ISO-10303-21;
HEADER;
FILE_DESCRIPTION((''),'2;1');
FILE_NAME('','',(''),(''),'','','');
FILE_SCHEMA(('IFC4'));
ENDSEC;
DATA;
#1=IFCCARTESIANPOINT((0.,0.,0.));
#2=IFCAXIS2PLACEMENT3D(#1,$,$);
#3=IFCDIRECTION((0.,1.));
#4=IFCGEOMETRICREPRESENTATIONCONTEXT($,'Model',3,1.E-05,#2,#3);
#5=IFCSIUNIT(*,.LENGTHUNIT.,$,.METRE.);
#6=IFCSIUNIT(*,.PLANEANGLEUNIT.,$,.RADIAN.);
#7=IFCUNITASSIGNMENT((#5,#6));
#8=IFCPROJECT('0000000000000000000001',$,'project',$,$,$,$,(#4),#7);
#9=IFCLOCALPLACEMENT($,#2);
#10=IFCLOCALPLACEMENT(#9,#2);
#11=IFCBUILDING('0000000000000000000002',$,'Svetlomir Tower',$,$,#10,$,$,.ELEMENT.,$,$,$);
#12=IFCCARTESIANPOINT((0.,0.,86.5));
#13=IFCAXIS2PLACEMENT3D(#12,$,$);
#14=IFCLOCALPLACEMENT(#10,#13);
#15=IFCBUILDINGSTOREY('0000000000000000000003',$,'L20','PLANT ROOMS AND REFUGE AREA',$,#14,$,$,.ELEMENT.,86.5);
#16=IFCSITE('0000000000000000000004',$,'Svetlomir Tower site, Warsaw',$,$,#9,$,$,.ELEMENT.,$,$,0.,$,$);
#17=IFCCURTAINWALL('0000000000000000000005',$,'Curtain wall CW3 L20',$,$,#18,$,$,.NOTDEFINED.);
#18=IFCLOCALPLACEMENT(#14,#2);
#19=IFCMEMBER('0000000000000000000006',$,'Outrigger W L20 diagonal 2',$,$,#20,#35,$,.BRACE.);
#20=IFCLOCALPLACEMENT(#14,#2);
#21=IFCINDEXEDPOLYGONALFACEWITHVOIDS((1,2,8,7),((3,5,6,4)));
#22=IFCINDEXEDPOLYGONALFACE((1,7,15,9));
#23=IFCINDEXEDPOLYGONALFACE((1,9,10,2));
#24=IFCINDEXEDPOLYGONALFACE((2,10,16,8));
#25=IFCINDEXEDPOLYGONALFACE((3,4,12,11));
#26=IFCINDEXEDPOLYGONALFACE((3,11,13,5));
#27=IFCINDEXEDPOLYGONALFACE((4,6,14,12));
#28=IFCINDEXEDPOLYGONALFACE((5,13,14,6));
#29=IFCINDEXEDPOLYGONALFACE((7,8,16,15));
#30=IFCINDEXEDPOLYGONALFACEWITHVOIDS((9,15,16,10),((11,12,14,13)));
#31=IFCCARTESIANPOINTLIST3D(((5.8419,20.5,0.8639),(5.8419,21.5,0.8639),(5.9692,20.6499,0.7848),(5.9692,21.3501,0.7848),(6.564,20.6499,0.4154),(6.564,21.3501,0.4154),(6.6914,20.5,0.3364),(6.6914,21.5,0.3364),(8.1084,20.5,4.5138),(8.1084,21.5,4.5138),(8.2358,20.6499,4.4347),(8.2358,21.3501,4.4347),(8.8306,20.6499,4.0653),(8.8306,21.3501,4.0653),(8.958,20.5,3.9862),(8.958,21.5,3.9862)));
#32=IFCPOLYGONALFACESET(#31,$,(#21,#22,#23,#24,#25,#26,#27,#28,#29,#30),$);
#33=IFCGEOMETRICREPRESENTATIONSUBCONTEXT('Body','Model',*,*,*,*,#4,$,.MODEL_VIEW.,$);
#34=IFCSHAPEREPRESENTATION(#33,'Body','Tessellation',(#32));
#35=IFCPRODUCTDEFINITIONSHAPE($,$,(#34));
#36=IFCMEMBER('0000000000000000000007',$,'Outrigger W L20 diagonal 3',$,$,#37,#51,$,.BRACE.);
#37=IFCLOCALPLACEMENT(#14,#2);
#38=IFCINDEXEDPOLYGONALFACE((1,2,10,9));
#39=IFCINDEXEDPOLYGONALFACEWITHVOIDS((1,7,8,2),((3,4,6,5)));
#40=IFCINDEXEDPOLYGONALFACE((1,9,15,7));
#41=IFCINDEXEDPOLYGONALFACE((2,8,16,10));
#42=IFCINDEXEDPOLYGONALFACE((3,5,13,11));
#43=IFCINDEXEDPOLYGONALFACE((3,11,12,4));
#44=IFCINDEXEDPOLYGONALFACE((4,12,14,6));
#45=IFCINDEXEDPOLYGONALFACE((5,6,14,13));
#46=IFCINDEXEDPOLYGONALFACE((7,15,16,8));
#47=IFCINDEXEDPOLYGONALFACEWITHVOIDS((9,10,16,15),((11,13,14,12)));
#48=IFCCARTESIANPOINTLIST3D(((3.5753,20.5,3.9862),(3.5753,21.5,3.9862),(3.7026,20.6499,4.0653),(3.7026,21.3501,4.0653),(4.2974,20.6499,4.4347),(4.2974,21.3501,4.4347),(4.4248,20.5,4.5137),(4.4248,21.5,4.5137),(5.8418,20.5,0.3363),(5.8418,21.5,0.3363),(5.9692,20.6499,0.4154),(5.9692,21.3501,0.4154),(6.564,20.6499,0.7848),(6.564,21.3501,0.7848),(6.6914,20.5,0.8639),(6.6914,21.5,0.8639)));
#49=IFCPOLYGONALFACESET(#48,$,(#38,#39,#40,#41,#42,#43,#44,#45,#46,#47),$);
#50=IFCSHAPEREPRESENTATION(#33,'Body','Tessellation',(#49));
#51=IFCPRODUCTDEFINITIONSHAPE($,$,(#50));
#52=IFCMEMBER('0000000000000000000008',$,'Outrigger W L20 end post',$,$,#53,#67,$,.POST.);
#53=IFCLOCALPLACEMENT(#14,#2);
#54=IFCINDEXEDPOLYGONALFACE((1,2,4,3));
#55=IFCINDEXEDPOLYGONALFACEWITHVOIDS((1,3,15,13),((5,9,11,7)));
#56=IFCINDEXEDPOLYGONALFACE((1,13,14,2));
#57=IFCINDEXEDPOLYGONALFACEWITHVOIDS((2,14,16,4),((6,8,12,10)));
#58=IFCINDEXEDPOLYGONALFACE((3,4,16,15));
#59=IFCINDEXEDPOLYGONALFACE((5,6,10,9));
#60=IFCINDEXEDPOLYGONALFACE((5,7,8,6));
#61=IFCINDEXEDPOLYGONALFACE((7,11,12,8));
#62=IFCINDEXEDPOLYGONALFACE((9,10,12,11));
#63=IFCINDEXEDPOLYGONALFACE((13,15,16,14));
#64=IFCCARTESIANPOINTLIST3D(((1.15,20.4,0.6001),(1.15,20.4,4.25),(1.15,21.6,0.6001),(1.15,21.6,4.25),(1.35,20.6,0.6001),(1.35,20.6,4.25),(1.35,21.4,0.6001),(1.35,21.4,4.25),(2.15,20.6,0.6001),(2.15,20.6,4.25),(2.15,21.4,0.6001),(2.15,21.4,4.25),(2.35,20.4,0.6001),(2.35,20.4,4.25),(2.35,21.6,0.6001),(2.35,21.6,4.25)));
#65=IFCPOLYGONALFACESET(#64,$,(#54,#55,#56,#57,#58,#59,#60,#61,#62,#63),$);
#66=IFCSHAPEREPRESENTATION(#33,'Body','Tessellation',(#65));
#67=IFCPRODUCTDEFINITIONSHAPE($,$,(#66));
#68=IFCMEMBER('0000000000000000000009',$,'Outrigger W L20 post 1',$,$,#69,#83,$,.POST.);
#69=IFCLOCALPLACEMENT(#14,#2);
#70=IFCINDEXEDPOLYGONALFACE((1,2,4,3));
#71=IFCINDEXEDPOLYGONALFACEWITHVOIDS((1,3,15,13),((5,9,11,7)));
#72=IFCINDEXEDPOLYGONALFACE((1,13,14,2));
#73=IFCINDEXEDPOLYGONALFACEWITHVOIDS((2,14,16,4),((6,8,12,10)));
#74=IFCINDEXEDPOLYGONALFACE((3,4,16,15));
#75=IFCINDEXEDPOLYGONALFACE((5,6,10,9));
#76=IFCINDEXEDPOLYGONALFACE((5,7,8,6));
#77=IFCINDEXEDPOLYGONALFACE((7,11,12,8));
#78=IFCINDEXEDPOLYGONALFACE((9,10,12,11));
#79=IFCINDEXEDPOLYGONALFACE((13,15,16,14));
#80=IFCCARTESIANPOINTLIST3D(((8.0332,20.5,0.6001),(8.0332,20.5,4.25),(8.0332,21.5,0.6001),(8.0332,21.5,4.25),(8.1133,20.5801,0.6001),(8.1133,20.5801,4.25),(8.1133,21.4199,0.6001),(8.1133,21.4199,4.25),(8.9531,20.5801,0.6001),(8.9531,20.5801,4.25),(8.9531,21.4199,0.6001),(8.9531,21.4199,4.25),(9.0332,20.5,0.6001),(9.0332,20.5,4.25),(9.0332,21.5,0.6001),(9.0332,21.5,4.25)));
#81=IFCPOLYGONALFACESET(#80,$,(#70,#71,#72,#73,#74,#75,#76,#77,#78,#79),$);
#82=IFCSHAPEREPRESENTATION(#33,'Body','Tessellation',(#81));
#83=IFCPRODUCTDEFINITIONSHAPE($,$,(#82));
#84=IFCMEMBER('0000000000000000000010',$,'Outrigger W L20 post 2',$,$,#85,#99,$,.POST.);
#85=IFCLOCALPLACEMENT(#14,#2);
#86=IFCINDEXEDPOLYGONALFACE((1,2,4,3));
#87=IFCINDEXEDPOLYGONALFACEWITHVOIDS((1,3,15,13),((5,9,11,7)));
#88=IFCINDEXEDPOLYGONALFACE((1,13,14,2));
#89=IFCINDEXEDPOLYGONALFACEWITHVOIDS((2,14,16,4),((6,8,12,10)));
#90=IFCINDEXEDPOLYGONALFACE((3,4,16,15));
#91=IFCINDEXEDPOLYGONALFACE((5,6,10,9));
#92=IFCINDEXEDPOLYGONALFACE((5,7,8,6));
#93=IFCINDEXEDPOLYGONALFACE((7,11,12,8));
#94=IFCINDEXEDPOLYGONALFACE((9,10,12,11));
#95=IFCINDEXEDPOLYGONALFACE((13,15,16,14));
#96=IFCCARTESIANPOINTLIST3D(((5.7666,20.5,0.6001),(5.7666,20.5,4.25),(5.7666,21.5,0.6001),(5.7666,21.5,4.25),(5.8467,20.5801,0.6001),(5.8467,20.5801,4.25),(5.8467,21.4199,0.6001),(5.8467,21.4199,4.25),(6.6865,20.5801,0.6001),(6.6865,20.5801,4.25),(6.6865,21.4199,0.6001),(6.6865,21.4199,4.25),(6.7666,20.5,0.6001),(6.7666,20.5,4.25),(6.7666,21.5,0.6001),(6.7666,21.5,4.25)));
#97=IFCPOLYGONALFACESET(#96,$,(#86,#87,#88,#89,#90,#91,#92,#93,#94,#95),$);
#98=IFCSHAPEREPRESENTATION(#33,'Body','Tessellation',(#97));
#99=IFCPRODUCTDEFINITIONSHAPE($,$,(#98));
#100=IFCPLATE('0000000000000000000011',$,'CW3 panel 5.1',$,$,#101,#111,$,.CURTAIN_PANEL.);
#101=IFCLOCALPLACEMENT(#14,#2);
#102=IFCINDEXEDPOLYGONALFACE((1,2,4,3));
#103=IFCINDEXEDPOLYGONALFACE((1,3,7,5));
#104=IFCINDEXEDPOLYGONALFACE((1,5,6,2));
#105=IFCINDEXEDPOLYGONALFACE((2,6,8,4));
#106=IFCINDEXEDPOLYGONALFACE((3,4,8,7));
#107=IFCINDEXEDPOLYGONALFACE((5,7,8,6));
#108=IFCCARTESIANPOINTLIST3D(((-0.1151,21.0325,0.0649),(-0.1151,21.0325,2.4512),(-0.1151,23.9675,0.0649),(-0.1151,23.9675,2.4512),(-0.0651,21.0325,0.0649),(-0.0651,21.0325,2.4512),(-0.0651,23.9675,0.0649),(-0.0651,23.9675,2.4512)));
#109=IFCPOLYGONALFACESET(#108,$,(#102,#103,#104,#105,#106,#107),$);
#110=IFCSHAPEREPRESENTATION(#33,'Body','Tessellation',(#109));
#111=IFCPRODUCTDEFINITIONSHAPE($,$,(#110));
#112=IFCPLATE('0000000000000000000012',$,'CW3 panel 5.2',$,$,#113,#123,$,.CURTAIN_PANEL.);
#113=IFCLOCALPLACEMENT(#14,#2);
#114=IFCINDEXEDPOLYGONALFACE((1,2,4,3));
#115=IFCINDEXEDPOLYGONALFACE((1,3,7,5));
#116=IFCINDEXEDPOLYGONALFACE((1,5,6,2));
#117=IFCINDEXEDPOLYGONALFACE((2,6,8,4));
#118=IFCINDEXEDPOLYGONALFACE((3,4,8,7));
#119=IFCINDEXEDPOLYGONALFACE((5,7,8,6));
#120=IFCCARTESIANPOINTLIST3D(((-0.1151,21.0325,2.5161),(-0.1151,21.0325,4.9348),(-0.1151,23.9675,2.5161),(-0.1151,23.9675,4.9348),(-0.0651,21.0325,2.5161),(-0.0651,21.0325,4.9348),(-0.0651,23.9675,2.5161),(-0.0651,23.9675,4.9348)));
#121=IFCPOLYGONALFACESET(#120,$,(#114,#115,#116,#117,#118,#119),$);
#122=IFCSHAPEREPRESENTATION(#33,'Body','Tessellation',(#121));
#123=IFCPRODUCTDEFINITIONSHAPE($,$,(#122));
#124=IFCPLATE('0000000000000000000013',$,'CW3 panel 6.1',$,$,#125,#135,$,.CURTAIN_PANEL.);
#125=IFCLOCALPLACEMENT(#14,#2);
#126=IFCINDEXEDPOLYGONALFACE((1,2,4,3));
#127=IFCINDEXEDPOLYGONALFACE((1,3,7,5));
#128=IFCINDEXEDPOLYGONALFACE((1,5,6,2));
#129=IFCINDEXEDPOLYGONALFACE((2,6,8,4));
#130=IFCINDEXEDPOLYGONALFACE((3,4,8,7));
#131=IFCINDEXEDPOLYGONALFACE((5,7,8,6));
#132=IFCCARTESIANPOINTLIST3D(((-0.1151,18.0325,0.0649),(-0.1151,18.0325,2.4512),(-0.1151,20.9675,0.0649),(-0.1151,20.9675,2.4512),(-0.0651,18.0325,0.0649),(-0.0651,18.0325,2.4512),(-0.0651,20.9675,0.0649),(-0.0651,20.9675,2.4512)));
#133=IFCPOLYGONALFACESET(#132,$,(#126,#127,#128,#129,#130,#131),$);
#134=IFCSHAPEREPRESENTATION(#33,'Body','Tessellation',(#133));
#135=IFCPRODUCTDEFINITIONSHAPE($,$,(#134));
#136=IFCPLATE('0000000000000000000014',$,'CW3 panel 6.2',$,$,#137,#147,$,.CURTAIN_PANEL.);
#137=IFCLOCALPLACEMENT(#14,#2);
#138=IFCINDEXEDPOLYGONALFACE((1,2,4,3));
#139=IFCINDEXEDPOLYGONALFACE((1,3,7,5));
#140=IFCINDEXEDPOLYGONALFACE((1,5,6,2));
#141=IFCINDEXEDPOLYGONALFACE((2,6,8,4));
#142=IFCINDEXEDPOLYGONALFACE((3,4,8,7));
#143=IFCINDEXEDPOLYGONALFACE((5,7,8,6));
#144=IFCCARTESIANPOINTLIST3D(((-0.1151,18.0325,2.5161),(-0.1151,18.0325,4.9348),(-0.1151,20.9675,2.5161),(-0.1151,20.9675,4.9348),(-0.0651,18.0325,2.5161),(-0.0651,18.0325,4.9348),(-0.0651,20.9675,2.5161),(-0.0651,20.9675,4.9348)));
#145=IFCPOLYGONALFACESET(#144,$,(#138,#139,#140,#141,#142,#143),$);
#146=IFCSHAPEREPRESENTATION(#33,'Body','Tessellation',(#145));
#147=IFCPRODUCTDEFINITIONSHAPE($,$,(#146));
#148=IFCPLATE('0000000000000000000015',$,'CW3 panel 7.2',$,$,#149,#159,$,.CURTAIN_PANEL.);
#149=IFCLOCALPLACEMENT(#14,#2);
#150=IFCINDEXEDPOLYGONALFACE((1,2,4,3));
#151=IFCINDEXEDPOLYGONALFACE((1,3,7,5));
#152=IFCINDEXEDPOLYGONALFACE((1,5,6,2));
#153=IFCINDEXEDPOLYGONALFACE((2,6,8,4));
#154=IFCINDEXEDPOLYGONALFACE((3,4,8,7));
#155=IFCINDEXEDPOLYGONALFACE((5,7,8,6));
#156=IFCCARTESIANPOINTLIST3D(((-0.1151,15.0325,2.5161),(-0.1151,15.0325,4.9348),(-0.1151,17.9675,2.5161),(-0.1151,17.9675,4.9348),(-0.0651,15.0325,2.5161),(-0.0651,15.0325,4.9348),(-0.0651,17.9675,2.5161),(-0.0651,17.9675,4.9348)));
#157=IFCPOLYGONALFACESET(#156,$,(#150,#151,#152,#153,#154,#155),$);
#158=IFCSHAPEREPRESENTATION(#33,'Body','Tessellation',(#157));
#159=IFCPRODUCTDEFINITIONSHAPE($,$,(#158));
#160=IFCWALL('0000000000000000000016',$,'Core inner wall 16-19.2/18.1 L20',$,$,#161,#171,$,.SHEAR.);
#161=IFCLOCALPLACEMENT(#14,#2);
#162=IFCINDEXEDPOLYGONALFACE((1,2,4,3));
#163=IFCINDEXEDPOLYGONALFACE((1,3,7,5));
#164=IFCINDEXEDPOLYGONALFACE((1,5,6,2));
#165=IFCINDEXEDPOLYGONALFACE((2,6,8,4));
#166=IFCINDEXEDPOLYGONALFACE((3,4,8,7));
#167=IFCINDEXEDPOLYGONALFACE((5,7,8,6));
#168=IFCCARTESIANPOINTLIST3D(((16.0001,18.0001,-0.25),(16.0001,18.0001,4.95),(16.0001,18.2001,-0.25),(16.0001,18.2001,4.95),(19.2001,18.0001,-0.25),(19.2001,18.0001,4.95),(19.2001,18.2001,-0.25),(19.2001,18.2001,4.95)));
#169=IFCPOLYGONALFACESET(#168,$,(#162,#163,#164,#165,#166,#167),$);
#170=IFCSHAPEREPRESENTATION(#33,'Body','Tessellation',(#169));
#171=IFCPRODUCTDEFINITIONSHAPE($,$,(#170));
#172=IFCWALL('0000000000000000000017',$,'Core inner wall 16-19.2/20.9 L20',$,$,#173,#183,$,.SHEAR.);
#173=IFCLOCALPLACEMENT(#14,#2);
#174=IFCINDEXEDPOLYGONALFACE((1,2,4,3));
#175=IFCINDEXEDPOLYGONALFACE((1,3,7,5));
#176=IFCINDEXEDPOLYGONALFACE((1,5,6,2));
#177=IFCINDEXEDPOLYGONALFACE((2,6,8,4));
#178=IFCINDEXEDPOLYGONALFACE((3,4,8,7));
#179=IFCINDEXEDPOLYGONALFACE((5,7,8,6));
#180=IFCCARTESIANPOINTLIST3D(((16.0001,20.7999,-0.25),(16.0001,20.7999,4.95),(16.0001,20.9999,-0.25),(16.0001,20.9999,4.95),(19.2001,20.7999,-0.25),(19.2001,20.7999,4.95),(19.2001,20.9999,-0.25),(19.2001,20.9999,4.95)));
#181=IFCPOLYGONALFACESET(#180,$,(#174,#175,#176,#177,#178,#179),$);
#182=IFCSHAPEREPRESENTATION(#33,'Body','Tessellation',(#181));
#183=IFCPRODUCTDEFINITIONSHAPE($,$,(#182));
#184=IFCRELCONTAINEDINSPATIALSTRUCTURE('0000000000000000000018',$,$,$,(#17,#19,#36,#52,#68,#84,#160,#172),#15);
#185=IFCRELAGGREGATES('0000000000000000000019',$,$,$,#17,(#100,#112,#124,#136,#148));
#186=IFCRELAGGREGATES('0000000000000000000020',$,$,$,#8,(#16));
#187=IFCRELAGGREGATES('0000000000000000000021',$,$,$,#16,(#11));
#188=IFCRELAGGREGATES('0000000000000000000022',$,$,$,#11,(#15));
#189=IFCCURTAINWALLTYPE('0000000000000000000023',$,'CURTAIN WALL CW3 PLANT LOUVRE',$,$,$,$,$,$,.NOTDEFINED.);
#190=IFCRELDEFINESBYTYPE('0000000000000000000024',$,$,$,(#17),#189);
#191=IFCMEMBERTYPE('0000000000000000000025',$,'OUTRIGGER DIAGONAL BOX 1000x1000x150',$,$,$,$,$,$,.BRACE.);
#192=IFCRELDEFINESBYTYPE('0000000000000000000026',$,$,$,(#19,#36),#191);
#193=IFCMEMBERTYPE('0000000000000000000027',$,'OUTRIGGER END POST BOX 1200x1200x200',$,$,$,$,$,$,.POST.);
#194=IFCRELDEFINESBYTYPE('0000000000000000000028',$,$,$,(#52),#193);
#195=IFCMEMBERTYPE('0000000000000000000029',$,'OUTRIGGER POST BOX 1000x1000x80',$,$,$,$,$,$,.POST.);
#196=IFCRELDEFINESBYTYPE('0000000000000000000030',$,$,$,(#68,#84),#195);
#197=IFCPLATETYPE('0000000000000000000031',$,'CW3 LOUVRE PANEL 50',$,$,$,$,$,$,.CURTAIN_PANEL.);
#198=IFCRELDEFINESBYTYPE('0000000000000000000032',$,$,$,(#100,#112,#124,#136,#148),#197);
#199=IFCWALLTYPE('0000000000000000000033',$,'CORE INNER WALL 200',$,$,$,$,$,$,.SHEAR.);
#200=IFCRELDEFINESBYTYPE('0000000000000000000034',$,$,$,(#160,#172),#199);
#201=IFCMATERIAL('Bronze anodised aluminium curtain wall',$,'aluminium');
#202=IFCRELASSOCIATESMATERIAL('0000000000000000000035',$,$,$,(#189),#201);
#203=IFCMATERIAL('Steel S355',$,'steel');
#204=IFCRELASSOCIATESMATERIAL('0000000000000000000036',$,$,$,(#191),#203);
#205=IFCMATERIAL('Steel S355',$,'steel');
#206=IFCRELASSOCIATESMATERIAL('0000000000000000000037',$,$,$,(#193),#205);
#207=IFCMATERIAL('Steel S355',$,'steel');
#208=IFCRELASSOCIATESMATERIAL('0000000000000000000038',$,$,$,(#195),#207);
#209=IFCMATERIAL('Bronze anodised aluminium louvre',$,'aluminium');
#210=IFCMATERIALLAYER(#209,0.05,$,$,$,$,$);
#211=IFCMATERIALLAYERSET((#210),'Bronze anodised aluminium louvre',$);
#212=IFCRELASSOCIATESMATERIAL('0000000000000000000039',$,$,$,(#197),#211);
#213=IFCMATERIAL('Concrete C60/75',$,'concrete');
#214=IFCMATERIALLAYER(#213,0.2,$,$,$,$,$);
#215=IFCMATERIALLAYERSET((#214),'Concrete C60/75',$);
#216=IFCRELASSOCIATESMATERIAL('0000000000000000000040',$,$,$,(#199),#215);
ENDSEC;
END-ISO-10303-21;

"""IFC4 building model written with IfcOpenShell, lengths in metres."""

from ifc_helpers import new_model, si_unit, direction, frame, frame_2d, origin, origin_2d, place, context, subcontext, project, spatial, rectangle, hollow_rectangle, extrude, material, layer, layer_set, material_profile, profile_set, type_object, element, aggregate, save


model = new_model("IFC4")

# Units and contexts
model_context = context("Model", 3, precision=1e-05, world=origin(), true_north=direction((0.0, 1.0)))
body_context = subcontext(model_context, "Body", "Model", "MODEL_VIEW")
ifc_project = project(units=[si_unit("LENGTHUNIT", "METRE"), si_unit("PLANEANGLEUNIT", "RADIAN")], contexts=[model_context])

# Site, building, storey
site_placement = place(None, origin())
site = spatial("IfcSite", under=ifc_project, at=site_placement, Name="Svetlomir Tower site, Warsaw", CompositionType="ELEMENT", RefElevation=0.0)
building_placement = place(site_placement, origin())
building = spatial("IfcBuilding", under=site, at=building_placement, Name="Svetlomir Tower", CompositionType="ELEMENT")
storey_placement = place(building_placement, frame((0.0, 0.0, 86.5)))
storey = spatial("IfcBuildingStorey", under=building, at=storey_placement, Name="L20", Description="PLANT ROOMS AND REFUGE AREA", CompositionType="ELEMENT", Elevation=86.5)

# Curtain wall
ifc_material_1 = material(Name="Bronze anodised aluminium curtain wall", Category="aluminium")
curtain_wall_type = type_object("IfcCurtainWallType", Name="CURTAIN WALL CW3 PLANT LOUVRE", PredefinedType="NOTDEFINED", material=ifc_material_1)
curtain_wall_placement = place(storey_placement, origin())
curtain_wall = element("IfcCurtainWall", 1, at=curtain_wall_placement, inside=storey, type_object=curtain_wall_type, Name="Curtain wall CW3 L20", PredefinedType="NOTDEFINED")

# Members
ifc_material_2 = material(Name="Steel S355", Category="steel")
ifc_material_profile_1 = material_profile(ifc_material_2, hollow_rectangle(XDim=1.0, YDim=1.0, WallThickness=0.1499, at=origin_2d()), Name="BOX 1000x1000x150")
ifc_profile_set_1 = profile_set([ifc_material_profile_1], Name="Steel S355")
member_type_1 = type_object("IfcMemberType", Name="OUTRIGGER DIAGONAL BOX 1000x1000x150", PredefinedType="BRACE", material=ifc_profile_set_1)
for number, where, z_axis, x_axis, name in (
    (2, (8.5332, 21.0, 4.25), (-0.527555, 0.0, -0.849521), (0.0, -1.0, 0.0), "Outrigger W L20 diagonal 2"),
    (3, (6.2666, 21.0, 0.6001), (-0.527555, 0.0, 0.849521), (0.0, -1.0, 0.0), "Outrigger W L20 diagonal 3"),
):
    element("IfcMember", number, at=place(storey_placement, frame(where, z_axis=z_axis, x_axis=x_axis)), inside=storey, type_object=member_type_1, Name=name, PredefinedType="BRACE", context=body_context, shape_type="SweptSolid", body=[
        extrude(hollow_rectangle(XDim=1.0, YDim=1.0, WallThickness=0.1499, at=origin_2d()), origin(), (0.0, 0.0, 1.0), 4.2964),
    ])
ifc_material_3 = material(Name="Steel S355", Category="steel")
ifc_material_profile_2 = material_profile(ifc_material_3, hollow_rectangle(XDim=1.2, YDim=1.2, WallThickness=0.2, at=origin_2d()), Name="BOX 1200x1200x200")
ifc_profile_set_2 = profile_set([ifc_material_profile_2], Name="Steel S355")
member_type_2 = type_object("IfcMemberType", Name="OUTRIGGER END POST BOX 1200x1200x200", PredefinedType="POST", material=ifc_profile_set_2)
member_1_placement = place(storey_placement, frame((1.75, 21.0, 0.6001), z_axis=(0.0, 0.0, 1.0), x_axis=(1.0, 0.0, 0.0)))
element("IfcMember", 4, at=member_1_placement, inside=storey, type_object=member_type_2, Name="Outrigger W L20 end post", PredefinedType="POST", context=body_context, shape_type="SweptSolid", body=[
    extrude(hollow_rectangle(XDim=1.2, YDim=1.2, WallThickness=0.2, at=origin_2d()), origin(), (0.0, 0.0, 1.0), 3.6499),
])
ifc_material_4 = material(Name="Steel S355", Category="steel")
ifc_material_profile_3 = material_profile(ifc_material_4, hollow_rectangle(XDim=1.0, YDim=1.0, WallThickness=0.0801, at=origin_2d()), Name="BOX 1000x1000x80")
ifc_profile_set_3 = profile_set([ifc_material_profile_3], Name="Steel S355")
member_type_3 = type_object("IfcMemberType", Name="OUTRIGGER POST BOX 1000x1000x80", PredefinedType="POST", material=ifc_profile_set_3)
for number, where, z_axis, x_axis, name in (
    (5, (8.5332, 21.0, 0.6001), (0.0, 0.0, 1.0), (1.0, 0.0, 0.0), "Outrigger W L20 post 1"),
    (6, (6.2666, 21.0, 0.6001), (0.0, 0.0, 1.0), (1.0, 0.0, 0.0), "Outrigger W L20 post 2"),
):
    element("IfcMember", number, at=place(storey_placement, frame(where, z_axis=z_axis, x_axis=x_axis)), inside=storey, type_object=member_type_3, Name=name, PredefinedType="POST", context=body_context, shape_type="SweptSolid", body=[
        extrude(hollow_rectangle(XDim=1.0, YDim=1.0, WallThickness=0.0801, at=origin_2d()), origin(), (0.0, 0.0, 1.0), 3.6499),
    ])

# Plates
ifc_material_5 = material(Name="Bronze anodised aluminium louvre", Category="aluminium")
ifc_layer_1 = layer(ifc_material_5, 0.05)
ifc_layer_set_1 = layer_set([ifc_layer_1], Name="Bronze anodised aluminium louvre")
plate_type = type_object("IfcPlateType", Name="CW3 LOUVRE PANEL 50", PredefinedType="CURTAIN_PANEL", material=ifc_layer_set_1)
plate_1_placement = place(storey_placement, frame((-0.0901, 22.5, 0.0649), z_axis=(0.0, 0.0, 1.0), x_axis=(0.0, -1.0, 0.0)))
plate_1 = element("IfcPlate", 7, at=plate_1_placement, type_object=plate_type, Name="CW3 panel 5.1", PredefinedType="CURTAIN_PANEL", context=body_context, shape_type="SweptSolid", body=[
    extrude(rectangle(XDim=2.9351, YDim=0.05, at=origin_2d()), origin(), (0.0, 0.0, 1.0), 2.3862),
])
plate_2_placement = place(storey_placement, frame((-0.0901, 22.5, 2.5161), z_axis=(0.0, 0.0, 1.0), x_axis=(0.0, -1.0, 0.0)))
plate_2 = element("IfcPlate", 8, at=plate_2_placement, type_object=plate_type, Name="CW3 panel 5.2", PredefinedType="CURTAIN_PANEL", context=body_context, shape_type="SweptSolid", body=[
    extrude(rectangle(XDim=2.9351, YDim=0.05, at=origin_2d()), origin(), (0.0, 0.0, 1.0), 2.4187),
])
plate_3_placement = place(storey_placement, frame((-0.0901, 19.5, 0.0649), z_axis=(0.0, 0.0, 1.0), x_axis=(0.0, -1.0, 0.0)))
plate_3 = element("IfcPlate", 9, at=plate_3_placement, type_object=plate_type, Name="CW3 panel 6.1", PredefinedType="CURTAIN_PANEL", context=body_context, shape_type="SweptSolid", body=[
    extrude(rectangle(XDim=2.9351, YDim=0.05, at=origin_2d()), origin(), (0.0, 0.0, 1.0), 2.3862),
])
plate_4_placement = place(storey_placement, frame((-0.0901, 19.5, 2.5161), z_axis=(0.0, 0.0, 1.0), x_axis=(0.0, -1.0, 0.0)))
plate_4 = element("IfcPlate", 10, at=plate_4_placement, type_object=plate_type, Name="CW3 panel 6.2", PredefinedType="CURTAIN_PANEL", context=body_context, shape_type="SweptSolid", body=[
    extrude(rectangle(XDim=2.9351, YDim=0.05, at=origin_2d()), origin(), (0.0, 0.0, 1.0), 2.4187),
])
plate_5_placement = place(storey_placement, frame((-0.0901, 16.5, 2.5161), z_axis=(0.0, 0.0, 1.0), x_axis=(0.0, -1.0, 0.0)))
plate_5 = element("IfcPlate", 11, at=plate_5_placement, type_object=plate_type, Name="CW3 panel 7.2", PredefinedType="CURTAIN_PANEL", context=body_context, shape_type="SweptSolid", body=[
    extrude(rectangle(XDim=2.9351, YDim=0.05, at=origin_2d()), origin(), (0.0, 0.0, 1.0), 2.4187),
])
aggregate(curtain_wall, [plate_1, plate_2, plate_3, plate_4, plate_5])

# Walls
ifc_material_6 = material(Name="Concrete C60/75", Category="concrete")
ifc_layer_2 = layer(ifc_material_6, 0.2)
ifc_layer_set_2 = layer_set([ifc_layer_2], Name="Concrete C60/75")
wall_type_1 = type_object("IfcWallType", Name="CORE INNER WALL 200", PredefinedType="SHEAR", material=ifc_layer_set_2)
for number, where, z_axis, x_axis, name in (
    (12, (16.0, 18.1001, -0.25), (0.0, 0.0, 1.0), (1.0, 0.0, 0.0), "Core inner wall 16-19.2/18.1 L20"),
    (13, (16.0, 20.8999, -0.25), (0.0, 0.0, 1.0), (1.0, 0.0, 0.0), "Core inner wall 16-19.2/20.9 L20"),
):
    element("IfcWall", number, at=place(storey_placement, frame(where, z_axis=z_axis, x_axis=x_axis)), inside=storey, type_object=wall_type_1, Name=name, PredefinedType="SHEAR", context=body_context, shape_type="SweptSolid", body=[
        extrude(rectangle(XDim=3.2, YDim=0.2, at=frame_2d((1.6001, 0.0))), origin(), (0.0, 0.0, 1.0), 5.2),
    ])

save(model, "model.ifc")
